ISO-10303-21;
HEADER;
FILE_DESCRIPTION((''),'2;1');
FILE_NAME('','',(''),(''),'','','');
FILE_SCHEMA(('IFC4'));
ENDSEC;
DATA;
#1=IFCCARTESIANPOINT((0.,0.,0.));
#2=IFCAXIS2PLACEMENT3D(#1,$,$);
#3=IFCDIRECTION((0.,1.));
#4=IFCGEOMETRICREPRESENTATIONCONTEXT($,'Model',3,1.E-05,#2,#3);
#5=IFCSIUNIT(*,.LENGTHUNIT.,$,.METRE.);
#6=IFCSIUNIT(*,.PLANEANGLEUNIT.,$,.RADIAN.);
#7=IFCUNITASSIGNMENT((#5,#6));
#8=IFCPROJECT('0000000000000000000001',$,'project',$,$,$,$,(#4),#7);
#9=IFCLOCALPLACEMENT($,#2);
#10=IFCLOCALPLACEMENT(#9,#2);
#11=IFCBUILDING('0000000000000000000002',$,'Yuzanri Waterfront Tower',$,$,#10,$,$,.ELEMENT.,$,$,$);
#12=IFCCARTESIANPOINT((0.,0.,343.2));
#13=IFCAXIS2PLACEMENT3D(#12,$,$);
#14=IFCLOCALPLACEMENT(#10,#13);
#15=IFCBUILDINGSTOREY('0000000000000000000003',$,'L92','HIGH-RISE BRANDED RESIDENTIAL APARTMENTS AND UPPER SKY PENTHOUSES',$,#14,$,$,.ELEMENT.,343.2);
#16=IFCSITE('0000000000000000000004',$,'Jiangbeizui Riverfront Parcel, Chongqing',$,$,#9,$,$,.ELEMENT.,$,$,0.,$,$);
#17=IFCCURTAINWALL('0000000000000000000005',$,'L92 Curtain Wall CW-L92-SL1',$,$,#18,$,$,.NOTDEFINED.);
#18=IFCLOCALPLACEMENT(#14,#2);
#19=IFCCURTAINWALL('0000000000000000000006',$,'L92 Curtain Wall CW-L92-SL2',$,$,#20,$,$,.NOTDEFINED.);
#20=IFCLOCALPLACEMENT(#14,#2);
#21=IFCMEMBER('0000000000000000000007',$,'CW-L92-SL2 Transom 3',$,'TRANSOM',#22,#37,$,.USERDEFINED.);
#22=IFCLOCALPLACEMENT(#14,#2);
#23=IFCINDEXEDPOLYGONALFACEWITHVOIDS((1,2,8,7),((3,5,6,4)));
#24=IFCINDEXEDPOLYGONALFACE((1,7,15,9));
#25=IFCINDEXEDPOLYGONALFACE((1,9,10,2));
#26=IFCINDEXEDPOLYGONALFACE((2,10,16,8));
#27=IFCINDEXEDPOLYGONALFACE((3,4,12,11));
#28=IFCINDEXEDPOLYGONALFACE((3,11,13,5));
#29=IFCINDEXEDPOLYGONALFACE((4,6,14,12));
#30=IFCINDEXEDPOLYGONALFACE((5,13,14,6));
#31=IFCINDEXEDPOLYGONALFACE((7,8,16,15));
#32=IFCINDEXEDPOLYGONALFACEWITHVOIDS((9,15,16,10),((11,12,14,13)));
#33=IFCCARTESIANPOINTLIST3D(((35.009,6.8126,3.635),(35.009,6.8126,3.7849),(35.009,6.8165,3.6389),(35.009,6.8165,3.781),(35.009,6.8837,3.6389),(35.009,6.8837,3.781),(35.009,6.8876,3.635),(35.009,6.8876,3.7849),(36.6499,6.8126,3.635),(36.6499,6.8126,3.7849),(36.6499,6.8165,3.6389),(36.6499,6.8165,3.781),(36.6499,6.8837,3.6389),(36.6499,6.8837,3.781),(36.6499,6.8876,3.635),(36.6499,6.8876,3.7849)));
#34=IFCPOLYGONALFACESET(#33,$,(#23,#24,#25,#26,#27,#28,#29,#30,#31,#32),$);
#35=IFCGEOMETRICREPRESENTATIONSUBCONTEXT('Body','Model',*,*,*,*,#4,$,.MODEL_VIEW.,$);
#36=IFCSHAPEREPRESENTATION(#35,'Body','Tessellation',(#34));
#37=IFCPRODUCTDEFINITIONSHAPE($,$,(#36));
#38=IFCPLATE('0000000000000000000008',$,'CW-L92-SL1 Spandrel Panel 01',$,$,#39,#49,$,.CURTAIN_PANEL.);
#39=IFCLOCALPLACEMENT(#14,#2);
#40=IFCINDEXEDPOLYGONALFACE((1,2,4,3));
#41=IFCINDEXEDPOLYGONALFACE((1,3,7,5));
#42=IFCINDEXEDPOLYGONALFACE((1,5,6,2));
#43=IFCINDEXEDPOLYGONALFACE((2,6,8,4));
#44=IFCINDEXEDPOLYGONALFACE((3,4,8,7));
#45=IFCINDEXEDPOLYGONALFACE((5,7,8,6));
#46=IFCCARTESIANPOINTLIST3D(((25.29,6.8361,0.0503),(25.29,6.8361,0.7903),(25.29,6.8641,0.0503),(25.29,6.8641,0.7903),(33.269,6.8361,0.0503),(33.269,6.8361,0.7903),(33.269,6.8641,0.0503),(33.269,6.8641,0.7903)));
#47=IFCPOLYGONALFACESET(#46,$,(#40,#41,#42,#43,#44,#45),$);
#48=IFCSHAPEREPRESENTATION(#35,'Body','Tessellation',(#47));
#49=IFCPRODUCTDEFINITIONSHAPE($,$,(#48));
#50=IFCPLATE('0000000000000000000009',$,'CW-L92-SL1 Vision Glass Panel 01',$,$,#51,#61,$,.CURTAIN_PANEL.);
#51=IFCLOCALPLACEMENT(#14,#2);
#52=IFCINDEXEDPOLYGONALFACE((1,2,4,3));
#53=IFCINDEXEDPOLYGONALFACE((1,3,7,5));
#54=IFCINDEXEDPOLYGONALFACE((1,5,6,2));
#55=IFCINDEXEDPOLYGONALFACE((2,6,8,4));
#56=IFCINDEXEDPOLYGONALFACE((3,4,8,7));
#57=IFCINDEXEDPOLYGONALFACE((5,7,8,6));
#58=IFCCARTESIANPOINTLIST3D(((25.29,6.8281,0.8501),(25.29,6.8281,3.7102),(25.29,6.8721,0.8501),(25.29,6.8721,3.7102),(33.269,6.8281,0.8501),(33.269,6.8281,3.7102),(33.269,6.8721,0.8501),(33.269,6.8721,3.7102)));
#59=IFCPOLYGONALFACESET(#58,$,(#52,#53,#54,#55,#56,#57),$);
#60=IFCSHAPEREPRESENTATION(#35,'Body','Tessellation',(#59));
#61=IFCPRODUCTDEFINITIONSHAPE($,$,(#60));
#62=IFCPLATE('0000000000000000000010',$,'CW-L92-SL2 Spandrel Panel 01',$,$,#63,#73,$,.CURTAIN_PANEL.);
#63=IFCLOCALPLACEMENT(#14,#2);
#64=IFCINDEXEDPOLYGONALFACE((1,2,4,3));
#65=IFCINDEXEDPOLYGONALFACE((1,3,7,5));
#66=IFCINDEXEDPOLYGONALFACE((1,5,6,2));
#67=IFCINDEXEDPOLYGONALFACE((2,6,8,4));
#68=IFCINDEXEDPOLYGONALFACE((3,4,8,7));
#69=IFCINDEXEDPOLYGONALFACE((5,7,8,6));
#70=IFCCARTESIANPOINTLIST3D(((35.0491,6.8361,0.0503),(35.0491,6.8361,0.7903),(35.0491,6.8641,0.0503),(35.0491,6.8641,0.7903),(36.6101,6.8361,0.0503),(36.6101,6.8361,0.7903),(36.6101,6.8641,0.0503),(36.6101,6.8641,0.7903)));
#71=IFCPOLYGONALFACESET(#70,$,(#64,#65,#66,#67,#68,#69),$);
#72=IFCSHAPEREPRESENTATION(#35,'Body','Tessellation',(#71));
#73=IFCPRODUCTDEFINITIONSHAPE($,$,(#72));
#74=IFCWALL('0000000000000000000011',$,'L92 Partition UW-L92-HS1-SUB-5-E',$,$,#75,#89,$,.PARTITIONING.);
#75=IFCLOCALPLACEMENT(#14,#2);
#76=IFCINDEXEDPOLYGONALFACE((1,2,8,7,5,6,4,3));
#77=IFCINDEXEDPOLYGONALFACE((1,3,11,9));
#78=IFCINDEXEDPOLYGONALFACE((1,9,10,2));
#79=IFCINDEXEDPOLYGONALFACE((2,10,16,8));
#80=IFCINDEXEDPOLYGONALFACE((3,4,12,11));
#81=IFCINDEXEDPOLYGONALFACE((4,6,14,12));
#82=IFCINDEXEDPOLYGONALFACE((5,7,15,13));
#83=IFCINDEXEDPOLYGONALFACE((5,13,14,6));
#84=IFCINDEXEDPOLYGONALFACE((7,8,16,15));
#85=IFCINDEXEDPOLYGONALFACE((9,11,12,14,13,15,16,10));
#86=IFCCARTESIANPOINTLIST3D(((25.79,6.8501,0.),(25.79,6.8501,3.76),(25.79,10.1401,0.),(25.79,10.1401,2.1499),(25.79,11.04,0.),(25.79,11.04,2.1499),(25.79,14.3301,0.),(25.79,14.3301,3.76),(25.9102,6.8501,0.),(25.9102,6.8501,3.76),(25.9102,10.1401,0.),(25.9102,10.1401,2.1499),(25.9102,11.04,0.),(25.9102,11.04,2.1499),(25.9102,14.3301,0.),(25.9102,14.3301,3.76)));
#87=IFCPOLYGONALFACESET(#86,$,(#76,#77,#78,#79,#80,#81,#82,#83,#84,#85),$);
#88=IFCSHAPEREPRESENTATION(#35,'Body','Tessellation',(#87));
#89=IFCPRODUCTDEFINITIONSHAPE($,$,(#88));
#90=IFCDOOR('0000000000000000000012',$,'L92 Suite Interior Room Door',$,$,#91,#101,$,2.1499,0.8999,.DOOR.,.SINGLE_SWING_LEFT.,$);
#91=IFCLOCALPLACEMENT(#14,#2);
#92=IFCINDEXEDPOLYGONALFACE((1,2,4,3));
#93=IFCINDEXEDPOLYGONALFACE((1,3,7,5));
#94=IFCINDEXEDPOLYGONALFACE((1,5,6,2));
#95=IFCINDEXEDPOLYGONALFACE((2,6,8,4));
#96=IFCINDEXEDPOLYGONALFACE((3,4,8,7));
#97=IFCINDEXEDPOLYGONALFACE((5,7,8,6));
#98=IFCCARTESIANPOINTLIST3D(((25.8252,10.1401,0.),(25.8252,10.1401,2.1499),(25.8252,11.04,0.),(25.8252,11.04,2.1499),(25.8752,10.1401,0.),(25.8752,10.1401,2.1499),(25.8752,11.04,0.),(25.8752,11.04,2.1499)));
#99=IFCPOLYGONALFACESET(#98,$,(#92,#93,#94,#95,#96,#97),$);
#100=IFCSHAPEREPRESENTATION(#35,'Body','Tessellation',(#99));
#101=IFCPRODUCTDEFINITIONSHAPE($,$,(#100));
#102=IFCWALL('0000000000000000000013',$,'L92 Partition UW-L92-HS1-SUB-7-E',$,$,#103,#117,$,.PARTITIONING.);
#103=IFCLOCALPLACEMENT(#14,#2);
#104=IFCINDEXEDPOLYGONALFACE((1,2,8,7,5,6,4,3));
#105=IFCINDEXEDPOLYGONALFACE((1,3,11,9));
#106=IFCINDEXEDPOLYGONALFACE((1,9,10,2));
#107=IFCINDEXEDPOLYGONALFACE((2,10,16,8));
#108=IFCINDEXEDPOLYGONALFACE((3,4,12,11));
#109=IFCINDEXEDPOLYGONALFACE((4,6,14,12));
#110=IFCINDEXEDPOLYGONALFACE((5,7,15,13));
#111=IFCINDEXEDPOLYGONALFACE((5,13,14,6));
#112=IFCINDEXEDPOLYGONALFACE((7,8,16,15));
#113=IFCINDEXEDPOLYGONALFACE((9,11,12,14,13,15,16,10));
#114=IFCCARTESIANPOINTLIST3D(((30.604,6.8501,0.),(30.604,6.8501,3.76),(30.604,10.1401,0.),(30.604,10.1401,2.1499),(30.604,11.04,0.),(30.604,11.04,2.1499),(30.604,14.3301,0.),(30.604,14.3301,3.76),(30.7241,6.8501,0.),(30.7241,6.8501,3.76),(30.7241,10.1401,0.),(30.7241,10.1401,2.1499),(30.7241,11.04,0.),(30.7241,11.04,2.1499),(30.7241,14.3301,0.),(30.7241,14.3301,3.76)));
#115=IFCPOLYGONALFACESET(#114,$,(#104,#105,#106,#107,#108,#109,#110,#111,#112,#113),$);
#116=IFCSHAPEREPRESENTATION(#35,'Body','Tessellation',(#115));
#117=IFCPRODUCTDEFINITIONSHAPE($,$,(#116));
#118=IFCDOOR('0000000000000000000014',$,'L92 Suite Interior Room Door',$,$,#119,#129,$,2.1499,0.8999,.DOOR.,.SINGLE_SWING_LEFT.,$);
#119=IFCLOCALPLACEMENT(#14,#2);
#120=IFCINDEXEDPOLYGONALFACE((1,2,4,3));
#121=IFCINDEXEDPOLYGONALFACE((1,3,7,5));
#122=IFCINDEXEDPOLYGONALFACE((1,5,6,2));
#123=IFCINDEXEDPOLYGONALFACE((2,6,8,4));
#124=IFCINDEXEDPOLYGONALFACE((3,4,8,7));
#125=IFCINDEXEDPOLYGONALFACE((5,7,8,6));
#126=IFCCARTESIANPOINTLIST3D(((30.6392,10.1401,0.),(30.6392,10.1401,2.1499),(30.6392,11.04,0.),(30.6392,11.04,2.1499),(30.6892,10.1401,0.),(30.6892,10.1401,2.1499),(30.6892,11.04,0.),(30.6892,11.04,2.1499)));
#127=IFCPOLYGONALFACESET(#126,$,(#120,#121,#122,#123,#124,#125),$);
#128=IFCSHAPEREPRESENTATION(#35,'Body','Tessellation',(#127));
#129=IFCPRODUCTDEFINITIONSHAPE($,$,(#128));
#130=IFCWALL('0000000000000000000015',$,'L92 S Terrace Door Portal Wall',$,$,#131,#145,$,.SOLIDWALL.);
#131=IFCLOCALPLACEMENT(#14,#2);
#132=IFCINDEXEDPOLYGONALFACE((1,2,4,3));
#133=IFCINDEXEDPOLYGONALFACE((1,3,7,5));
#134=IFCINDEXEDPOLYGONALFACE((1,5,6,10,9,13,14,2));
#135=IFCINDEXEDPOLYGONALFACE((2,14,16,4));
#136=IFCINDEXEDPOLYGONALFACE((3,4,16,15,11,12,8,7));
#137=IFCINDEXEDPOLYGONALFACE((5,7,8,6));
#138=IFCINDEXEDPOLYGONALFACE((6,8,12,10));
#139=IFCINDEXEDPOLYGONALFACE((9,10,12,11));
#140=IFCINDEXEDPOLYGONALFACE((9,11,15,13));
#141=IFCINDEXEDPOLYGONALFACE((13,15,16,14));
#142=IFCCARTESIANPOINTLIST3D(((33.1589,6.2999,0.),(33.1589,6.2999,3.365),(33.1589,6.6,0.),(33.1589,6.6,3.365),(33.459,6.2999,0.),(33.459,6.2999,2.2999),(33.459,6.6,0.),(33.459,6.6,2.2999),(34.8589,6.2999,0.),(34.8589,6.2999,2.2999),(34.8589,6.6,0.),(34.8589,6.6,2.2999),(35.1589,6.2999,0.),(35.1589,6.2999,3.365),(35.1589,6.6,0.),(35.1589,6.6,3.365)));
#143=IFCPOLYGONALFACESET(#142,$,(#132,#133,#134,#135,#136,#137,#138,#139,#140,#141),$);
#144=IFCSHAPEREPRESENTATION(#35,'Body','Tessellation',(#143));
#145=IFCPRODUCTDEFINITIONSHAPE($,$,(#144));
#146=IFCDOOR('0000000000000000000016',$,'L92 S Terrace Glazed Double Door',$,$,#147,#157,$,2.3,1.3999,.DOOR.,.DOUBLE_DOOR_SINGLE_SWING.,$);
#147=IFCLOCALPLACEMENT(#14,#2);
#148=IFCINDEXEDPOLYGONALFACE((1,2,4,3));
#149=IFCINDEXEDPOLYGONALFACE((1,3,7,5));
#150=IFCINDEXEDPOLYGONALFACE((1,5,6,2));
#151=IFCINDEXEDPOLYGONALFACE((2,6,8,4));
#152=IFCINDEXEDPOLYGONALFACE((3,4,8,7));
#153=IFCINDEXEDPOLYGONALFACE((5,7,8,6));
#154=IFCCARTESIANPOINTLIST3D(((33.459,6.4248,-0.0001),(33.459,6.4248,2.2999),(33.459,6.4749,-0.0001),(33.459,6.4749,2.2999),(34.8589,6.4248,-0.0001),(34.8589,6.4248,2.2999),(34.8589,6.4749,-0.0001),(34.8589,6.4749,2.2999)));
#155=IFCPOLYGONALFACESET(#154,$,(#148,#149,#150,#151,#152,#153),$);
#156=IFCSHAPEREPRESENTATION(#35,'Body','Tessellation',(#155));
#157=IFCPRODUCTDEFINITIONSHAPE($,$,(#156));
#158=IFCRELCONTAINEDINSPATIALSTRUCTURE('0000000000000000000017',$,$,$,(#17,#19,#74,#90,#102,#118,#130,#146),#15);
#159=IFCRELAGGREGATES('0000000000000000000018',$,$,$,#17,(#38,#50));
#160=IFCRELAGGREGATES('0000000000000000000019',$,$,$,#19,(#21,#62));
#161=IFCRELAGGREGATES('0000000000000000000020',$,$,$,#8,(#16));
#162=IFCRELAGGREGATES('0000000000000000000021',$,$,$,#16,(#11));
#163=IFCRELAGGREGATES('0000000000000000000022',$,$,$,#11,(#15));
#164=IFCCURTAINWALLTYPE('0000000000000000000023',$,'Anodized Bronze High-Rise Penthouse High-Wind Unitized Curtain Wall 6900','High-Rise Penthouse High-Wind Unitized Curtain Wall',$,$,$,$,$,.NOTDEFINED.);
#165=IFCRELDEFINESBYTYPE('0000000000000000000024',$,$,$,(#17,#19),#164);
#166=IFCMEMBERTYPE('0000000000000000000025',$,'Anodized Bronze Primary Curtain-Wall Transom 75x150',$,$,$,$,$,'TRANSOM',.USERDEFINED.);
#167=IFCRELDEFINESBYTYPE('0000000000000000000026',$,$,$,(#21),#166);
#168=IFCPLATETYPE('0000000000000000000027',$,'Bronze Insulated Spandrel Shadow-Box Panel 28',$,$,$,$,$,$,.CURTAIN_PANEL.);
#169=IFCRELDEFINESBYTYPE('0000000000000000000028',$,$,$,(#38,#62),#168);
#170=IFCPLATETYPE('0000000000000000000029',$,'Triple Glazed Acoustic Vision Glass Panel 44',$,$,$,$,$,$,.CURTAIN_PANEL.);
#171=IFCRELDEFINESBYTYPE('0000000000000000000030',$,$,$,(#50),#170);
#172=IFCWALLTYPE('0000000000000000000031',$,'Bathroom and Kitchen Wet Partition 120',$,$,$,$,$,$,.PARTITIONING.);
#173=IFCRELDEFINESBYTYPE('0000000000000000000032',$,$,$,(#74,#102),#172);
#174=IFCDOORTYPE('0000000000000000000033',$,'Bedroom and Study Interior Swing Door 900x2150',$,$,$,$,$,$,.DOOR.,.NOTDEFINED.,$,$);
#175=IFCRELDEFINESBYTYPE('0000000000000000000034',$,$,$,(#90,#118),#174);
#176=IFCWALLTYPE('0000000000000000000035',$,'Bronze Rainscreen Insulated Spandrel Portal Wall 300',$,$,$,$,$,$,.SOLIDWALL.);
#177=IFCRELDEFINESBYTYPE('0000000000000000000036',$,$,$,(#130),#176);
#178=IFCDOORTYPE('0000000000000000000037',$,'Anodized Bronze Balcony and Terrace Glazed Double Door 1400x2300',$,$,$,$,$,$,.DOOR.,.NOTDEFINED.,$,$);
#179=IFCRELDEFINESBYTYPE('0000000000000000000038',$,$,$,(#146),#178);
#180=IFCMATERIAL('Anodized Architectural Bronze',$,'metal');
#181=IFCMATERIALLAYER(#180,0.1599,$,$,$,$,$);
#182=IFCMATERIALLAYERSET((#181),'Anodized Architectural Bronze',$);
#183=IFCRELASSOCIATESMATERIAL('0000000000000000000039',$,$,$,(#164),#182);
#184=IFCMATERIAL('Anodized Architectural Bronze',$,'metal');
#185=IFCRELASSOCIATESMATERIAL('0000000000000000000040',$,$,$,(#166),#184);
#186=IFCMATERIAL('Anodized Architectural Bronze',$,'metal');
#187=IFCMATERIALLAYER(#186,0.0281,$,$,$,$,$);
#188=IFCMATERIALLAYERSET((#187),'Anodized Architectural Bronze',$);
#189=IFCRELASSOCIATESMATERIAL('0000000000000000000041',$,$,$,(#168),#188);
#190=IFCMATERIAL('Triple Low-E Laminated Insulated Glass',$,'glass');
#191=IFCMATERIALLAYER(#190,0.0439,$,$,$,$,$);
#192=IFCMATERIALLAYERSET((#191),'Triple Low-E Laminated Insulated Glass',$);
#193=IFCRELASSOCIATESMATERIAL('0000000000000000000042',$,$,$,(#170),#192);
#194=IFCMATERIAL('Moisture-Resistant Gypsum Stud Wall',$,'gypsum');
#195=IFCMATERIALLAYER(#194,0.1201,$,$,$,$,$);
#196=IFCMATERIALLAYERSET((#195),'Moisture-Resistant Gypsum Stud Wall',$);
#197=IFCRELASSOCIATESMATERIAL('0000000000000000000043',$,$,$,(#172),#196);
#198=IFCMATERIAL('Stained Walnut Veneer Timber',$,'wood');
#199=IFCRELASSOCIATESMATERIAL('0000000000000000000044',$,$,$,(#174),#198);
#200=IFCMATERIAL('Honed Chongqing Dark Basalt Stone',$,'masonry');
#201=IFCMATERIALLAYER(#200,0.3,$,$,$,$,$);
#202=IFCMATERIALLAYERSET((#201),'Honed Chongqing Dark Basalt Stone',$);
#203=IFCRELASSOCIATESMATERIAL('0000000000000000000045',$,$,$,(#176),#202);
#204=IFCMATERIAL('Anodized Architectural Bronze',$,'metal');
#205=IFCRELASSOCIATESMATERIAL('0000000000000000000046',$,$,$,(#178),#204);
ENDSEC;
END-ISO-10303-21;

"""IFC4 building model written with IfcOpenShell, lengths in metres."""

from ifc_helpers import new_model, si_unit, direction, frame, frame_2d, origin, origin_2d, place, context, subcontext, project, spatial, rectangle, hollow_rectangle, extrude, source, transform, mapped, material, layer, layer_set, material_profile, profile_set, type_object, element, fill, aggregate, save


model = new_model("IFC4")

# Units and contexts
model_context = context("Model", 3, precision=1e-05, world=origin(), true_north=direction((0.0, 1.0)))
body_context = subcontext(model_context, "Body", "Model", "MODEL_VIEW")
ifc_project = project(units=[si_unit("LENGTHUNIT", "METRE"), si_unit("PLANEANGLEUNIT", "RADIAN")], contexts=[model_context])

# Site, building, storey
site_placement = place(None, origin())
site = spatial("IfcSite", under=ifc_project, at=site_placement, Name="Jiangbeizui Riverfront Parcel, Chongqing", CompositionType="ELEMENT", RefElevation=0.0)
building_placement = place(site_placement, origin())
building = spatial("IfcBuilding", under=site, at=building_placement, Name="Yuzanri Waterfront Tower", CompositionType="ELEMENT")
storey_placement = place(building_placement, frame((0.0, 0.0, 343.2)))
storey = spatial("IfcBuildingStorey", under=building, at=storey_placement, Name="L92", Description="HIGH-RISE BRANDED RESIDENTIAL APARTMENTS AND UPPER SKY PENTHOUSES", CompositionType="ELEMENT", Elevation=343.2)

# Curtain wall
ifc_material_1 = material(Name="Anodized Architectural Bronze", Category="metal")
ifc_layer_1 = layer(ifc_material_1, 0.1599)
ifc_layer_set_1 = layer_set([ifc_layer_1], Name="Anodized Architectural Bronze")
curtain_wall_type = type_object("IfcCurtainWallType", Name="Anodized Bronze High-Rise Penthouse High-Wind Unitized Curtain Wall 6900", Description="High-Rise Penthouse High-Wind Unitized Curtain Wall", PredefinedType="NOTDEFINED", material=ifc_layer_set_1)
curtain_wall_1_placement = place(storey_placement, origin())
curtain_wall_1 = element("IfcCurtainWall", 1, at=curtain_wall_1_placement, inside=storey, type_object=curtain_wall_type, Name="L92 Curtain Wall CW-L92-SL1", PredefinedType="NOTDEFINED")

# Curtain wall
curtain_wall_2_placement = place(storey_placement, origin())
curtain_wall_2 = element("IfcCurtainWall", 2, at=curtain_wall_2_placement, inside=storey, type_object=curtain_wall_type, Name="L92 Curtain Wall CW-L92-SL2", PredefinedType="NOTDEFINED")

# Member
ifc_material_2 = material(Name="Anodized Architectural Bronze", Category="metal")
ifc_material_profile_1 = material_profile(ifc_material_2, hollow_rectangle(XDim=0.075, YDim=0.1499, WallThickness=0.0039, at=origin_2d()), Name="CWT 75x150")
ifc_profile_set_1 = profile_set([ifc_material_profile_1], Name="Anodized Architectural Bronze")
member_type_1 = type_object("IfcMemberType", Name="Anodized Bronze Primary Curtain-Wall Transom 75x150", ElementType="TRANSOM", PredefinedType="USERDEFINED", material=ifc_profile_set_1)
shared_shape_1 = source(origin(), body_context, "Body", "SweptSolid", [
    extrude(hollow_rectangle(XDim=0.075, YDim=0.1499, WallThickness=0.0039, at=origin_2d()), origin(), (0.0, 0.0, 1.0), 1.6409),
])
member_1_placement = place(storey_placement, frame((35.009, 6.8501, 3.71), z_axis=(1.0, 0.0, 0.0), x_axis=(0.0, 1.0, 0.0)))
member_1 = element("IfcMember", 3, at=member_1_placement, type_object=member_type_1, Name="CW-L92-SL2 Transom 3", ObjectType="TRANSOM", PredefinedType="USERDEFINED", context=body_context, shape_type="MappedRepresentation", body=[
    mapped(shared_shape_1, transform((0.0, 0.0, 0.0), scale=1.0)),
])

# Plates
ifc_material_3 = material(Name="Anodized Architectural Bronze", Category="metal")
ifc_layer_2 = layer(ifc_material_3, 0.0281)
ifc_layer_set_2 = layer_set([ifc_layer_2], Name="Anodized Architectural Bronze")
plate_type_1 = type_object("IfcPlateType", Name="Bronze Insulated Spandrel Shadow-Box Panel 28", PredefinedType="CURTAIN_PANEL", material=ifc_layer_set_2)
shared_shape_2 = source(origin(), body_context, "Body", "SweptSolid", [
    extrude(rectangle(XDim=7.979, YDim=0.0281, at=origin_2d()), origin(), (0.0, 0.0, 1.0), 0.74),
])
plate_1_placement = place(storey_placement, frame((29.2795, 6.8501, 0.0503), z_axis=(0.0, 0.0, 1.0), x_axis=(1.0, 0.0, 0.0)))
plate_1 = element("IfcPlate", 4, at=plate_1_placement, type_object=plate_type_1, Name="CW-L92-SL1 Spandrel Panel 01", PredefinedType="CURTAIN_PANEL", context=body_context, shape_type="MappedRepresentation", body=[
    mapped(shared_shape_2, transform((0.0, 0.0, 0.0), scale=1.0)),
])
ifc_material_4 = material(Name="Triple Low-E Laminated Insulated Glass", Category="glass")
ifc_layer_3 = layer(ifc_material_4, 0.0439)
ifc_layer_set_3 = layer_set([ifc_layer_3], Name="Triple Low-E Laminated Insulated Glass")
plate_type_2 = type_object("IfcPlateType", Name="Triple Glazed Acoustic Vision Glass Panel 44", PredefinedType="CURTAIN_PANEL", material=ifc_layer_set_3)
shared_shape_3 = source(origin(), body_context, "Body", "SweptSolid", [
    extrude(rectangle(XDim=7.979, YDim=0.0439, at=origin_2d()), origin(), (0.0, 0.0, 1.0), 2.8601),
])
plate_2_placement = place(storey_placement, frame((29.2795, 6.8501, 0.8501), z_axis=(0.0, 0.0, 1.0), x_axis=(1.0, 0.0, 0.0)))
plate_2 = element("IfcPlate", 5, at=plate_2_placement, type_object=plate_type_2, Name="CW-L92-SL1 Vision Glass Panel 01", PredefinedType="CURTAIN_PANEL", context=body_context, shape_type="MappedRepresentation", body=[
    mapped(shared_shape_3, transform((0.0, 0.0, 0.0), scale=1.0)),
])
aggregate(curtain_wall_1, [plate_1, plate_2])
shared_shape_4 = source(origin(), body_context, "Body", "SweptSolid", [
    extrude(rectangle(XDim=1.561, YDim=0.0281, at=origin_2d()), origin(), (0.0, 0.0, 1.0), 0.74),
])
plate_3_placement = place(storey_placement, frame((35.8296, 6.8501, 0.0503), z_axis=(0.0, 0.0, 1.0), x_axis=(1.0, 0.0, 0.0)))
plate_3 = element("IfcPlate", 6, at=plate_3_placement, type_object=plate_type_1, Name="CW-L92-SL2 Spandrel Panel 01", PredefinedType="CURTAIN_PANEL", context=body_context, shape_type="MappedRepresentation", body=[
    mapped(shared_shape_4, transform((0.0, 0.0, 0.0), scale=1.0)),
])
aggregate(curtain_wall_2, [member_1, plate_3])

# Walls, openings, doors
ifc_material_5 = material(Name="Moisture-Resistant Gypsum Stud Wall", Category="gypsum")
ifc_layer_4 = layer(ifc_material_5, 0.1201)
ifc_layer_set_4 = layer_set([ifc_layer_4], Name="Moisture-Resistant Gypsum Stud Wall")
wall_type_1 = type_object("IfcWallType", Name="Bathroom and Kitchen Wet Partition 120", PredefinedType="PARTITIONING", material=ifc_layer_set_4)
wall_1_placement = place(storey_placement, frame((25.8501, 6.8501, 0.0), z_axis=(0.0, 0.0, 1.0), x_axis=(0.0, 1.0, 0.0)))
wall_1 = element("IfcWall", 7, at=wall_1_placement, inside=storey, type_object=wall_type_1, Name="L92 Partition UW-L92-HS1-SUB-5-E", PredefinedType="PARTITIONING", context=body_context, shape_type="SweptSolid", body=[
    extrude(rectangle(XDim=7.48, YDim=0.1201, at=frame_2d((3.74, 0.0))), origin(), (0.0, 0.0, 1.0), 3.76),
])
opening_1_placement = place(wall_1_placement, frame((3.29, 0.0, 0.0)))
opening_1 = element("IfcOpeningElement", 8, at=opening_1_placement, cuts=wall_1, PredefinedType="OPENING", context=body_context, shape_type="SweptSolid", body=[
    extrude(rectangle(XDim=0.8999, YDim=2.1499, at=frame_2d((0.45, 1.075))), frame((0.0, 0.075, 0.0), z_axis=(0.0, -1.0, 0.0), x_axis=(1.0, 0.0, 0.0)), (0.0, 0.0, 1.0), 0.1499),
])
ifc_material_6 = material(Name="Stained Walnut Veneer Timber", Category="wood")
door_type_1 = type_object("IfcDoorType", Name="Bedroom and Study Interior Swing Door 900x2150", OperationType="NOTDEFINED", PredefinedType="DOOR", material=ifc_material_6)
shared_shape_5 = source(origin(), body_context, "Body", "SweptSolid", [
    extrude(rectangle(XDim=0.8999, YDim=2.1499, at=frame_2d((0.45, 1.075))), frame((0.0, 0.0249, 0.0), z_axis=(0.0, -1.0, 0.0), x_axis=(1.0, 0.0, 0.0)), (0.0, 0.0, 1.0), 0.05),
])
door_1_placement = place(opening_1_placement, origin())
door_1 = element("IfcDoor", 9, at=door_1_placement, inside=storey, type_object=door_type_1, Name="L92 Suite Interior Room Door", OperationType="SINGLE_SWING_LEFT", OverallHeight=2.1499, OverallWidth=0.8999, PredefinedType="DOOR", context=body_context, shape_type="MappedRepresentation", body=[
    mapped(shared_shape_5, transform((0.0, 0.0, 0.0), scale=1.0)),
])
fill(opening_1, door_1)
wall_2_placement = place(storey_placement, frame((30.6641, 6.8501, 0.0), z_axis=(0.0, 0.0, 1.0), x_axis=(0.0, 1.0, 0.0)))
wall_2 = element("IfcWall", 10, at=wall_2_placement, inside=storey, type_object=wall_type_1, Name="L92 Partition UW-L92-HS1-SUB-7-E", PredefinedType="PARTITIONING", context=body_context, shape_type="SweptSolid", body=[
    extrude(rectangle(XDim=7.48, YDim=0.1201, at=frame_2d((3.74, 0.0))), origin(), (0.0, 0.0, 1.0), 3.76),
])
opening_2_placement = place(wall_2_placement, frame((3.29, 0.0, 0.0)))
opening_2 = element("IfcOpeningElement", 11, at=opening_2_placement, cuts=wall_2, PredefinedType="OPENING", context=body_context, shape_type="SweptSolid", body=[
    extrude(rectangle(XDim=0.8999, YDim=2.1499, at=frame_2d((0.45, 1.075))), frame((0.0, 0.075, 0.0), z_axis=(0.0, -1.0, 0.0), x_axis=(1.0, 0.0, 0.0)), (0.0, 0.0, 1.0), 0.1499),
])
door_2_placement = place(opening_2_placement, origin())
door_2 = element("IfcDoor", 12, at=door_2_placement, inside=storey, type_object=door_type_1, Name="L92 Suite Interior Room Door", OperationType="SINGLE_SWING_LEFT", OverallHeight=2.1499, OverallWidth=0.8999, PredefinedType="DOOR", context=body_context, shape_type="MappedRepresentation", body=[
    mapped(shared_shape_5, transform((0.0, 0.0, 0.0), scale=1.0)),
])
fill(opening_2, door_2)
ifc_material_7 = material(Name="Honed Chongqing Dark Basalt Stone", Category="masonry")
ifc_layer_5 = layer(ifc_material_7, 0.3)
ifc_layer_set_5 = layer_set([ifc_layer_5], Name="Honed Chongqing Dark Basalt Stone")
wall_type_2 = type_object("IfcWallType", Name="Bronze Rainscreen Insulated Spandrel Portal Wall 300", PredefinedType="SOLIDWALL", material=ifc_layer_set_5)
wall_3_placement = place(storey_placement, frame((33.1589, 6.45, 0.0), z_axis=(0.0, 0.0, 1.0), x_axis=(1.0, 0.0, 0.0)))
wall_3 = element("IfcWall", 13, at=wall_3_placement, inside=storey, type_object=wall_type_2, Name="L92 S Terrace Door Portal Wall", PredefinedType="SOLIDWALL", context=body_context, shape_type="SweptSolid", body=[
    extrude(rectangle(XDim=2.0, YDim=0.3, at=frame_2d((1.0, 0.0))), origin(), (0.0, 0.0, 1.0), 3.365),
])
opening_3_placement = place(wall_3_placement, frame((0.3, 0.0, 0.0)))
opening_3 = element("IfcOpeningElement", 14, at=opening_3_placement, cuts=wall_3, PredefinedType="OPENING", context=body_context, shape_type="SweptSolid", body=[
    extrude(rectangle(XDim=1.3999, YDim=2.3, at=frame_2d((0.7, 1.1499))), frame((0.0, 0.165, 0.0), z_axis=(0.0, -1.0, 0.0), x_axis=(1.0, 0.0, 0.0)), (0.0, 0.0, 1.0), 0.3298),
])
ifc_material_8 = material(Name="Anodized Architectural Bronze", Category="metal")
door_type_2 = type_object("IfcDoorType", Name="Anodized Bronze Balcony and Terrace Glazed Double Door 1400x2300", OperationType="NOTDEFINED", PredefinedType="DOOR", material=ifc_material_8)
shared_shape_6 = source(origin(), body_context, "Body", "SweptSolid", [
    extrude(rectangle(XDim=1.3999, YDim=2.3, at=frame_2d((0.7, 1.1499))), frame((0.0, 0.0249, 0.0), z_axis=(0.0, -1.0, 0.0), x_axis=(1.0, 0.0, 0.0)), (0.0, 0.0, 1.0), 0.05),
])
door_3_placement = place(opening_3_placement, origin())
door_3 = element("IfcDoor", 15, at=door_3_placement, inside=storey, type_object=door_type_2, Name="L92 S Terrace Glazed Double Door", OperationType="DOUBLE_DOOR_SINGLE_SWING", OverallHeight=2.3, OverallWidth=1.3999, PredefinedType="DOOR", context=body_context, shape_type="MappedRepresentation", body=[
    mapped(shared_shape_6, transform((0.0, 0.0, 0.0), scale=1.0)),
])
fill(opening_3, door_3)

save(model, "model.ifc")
